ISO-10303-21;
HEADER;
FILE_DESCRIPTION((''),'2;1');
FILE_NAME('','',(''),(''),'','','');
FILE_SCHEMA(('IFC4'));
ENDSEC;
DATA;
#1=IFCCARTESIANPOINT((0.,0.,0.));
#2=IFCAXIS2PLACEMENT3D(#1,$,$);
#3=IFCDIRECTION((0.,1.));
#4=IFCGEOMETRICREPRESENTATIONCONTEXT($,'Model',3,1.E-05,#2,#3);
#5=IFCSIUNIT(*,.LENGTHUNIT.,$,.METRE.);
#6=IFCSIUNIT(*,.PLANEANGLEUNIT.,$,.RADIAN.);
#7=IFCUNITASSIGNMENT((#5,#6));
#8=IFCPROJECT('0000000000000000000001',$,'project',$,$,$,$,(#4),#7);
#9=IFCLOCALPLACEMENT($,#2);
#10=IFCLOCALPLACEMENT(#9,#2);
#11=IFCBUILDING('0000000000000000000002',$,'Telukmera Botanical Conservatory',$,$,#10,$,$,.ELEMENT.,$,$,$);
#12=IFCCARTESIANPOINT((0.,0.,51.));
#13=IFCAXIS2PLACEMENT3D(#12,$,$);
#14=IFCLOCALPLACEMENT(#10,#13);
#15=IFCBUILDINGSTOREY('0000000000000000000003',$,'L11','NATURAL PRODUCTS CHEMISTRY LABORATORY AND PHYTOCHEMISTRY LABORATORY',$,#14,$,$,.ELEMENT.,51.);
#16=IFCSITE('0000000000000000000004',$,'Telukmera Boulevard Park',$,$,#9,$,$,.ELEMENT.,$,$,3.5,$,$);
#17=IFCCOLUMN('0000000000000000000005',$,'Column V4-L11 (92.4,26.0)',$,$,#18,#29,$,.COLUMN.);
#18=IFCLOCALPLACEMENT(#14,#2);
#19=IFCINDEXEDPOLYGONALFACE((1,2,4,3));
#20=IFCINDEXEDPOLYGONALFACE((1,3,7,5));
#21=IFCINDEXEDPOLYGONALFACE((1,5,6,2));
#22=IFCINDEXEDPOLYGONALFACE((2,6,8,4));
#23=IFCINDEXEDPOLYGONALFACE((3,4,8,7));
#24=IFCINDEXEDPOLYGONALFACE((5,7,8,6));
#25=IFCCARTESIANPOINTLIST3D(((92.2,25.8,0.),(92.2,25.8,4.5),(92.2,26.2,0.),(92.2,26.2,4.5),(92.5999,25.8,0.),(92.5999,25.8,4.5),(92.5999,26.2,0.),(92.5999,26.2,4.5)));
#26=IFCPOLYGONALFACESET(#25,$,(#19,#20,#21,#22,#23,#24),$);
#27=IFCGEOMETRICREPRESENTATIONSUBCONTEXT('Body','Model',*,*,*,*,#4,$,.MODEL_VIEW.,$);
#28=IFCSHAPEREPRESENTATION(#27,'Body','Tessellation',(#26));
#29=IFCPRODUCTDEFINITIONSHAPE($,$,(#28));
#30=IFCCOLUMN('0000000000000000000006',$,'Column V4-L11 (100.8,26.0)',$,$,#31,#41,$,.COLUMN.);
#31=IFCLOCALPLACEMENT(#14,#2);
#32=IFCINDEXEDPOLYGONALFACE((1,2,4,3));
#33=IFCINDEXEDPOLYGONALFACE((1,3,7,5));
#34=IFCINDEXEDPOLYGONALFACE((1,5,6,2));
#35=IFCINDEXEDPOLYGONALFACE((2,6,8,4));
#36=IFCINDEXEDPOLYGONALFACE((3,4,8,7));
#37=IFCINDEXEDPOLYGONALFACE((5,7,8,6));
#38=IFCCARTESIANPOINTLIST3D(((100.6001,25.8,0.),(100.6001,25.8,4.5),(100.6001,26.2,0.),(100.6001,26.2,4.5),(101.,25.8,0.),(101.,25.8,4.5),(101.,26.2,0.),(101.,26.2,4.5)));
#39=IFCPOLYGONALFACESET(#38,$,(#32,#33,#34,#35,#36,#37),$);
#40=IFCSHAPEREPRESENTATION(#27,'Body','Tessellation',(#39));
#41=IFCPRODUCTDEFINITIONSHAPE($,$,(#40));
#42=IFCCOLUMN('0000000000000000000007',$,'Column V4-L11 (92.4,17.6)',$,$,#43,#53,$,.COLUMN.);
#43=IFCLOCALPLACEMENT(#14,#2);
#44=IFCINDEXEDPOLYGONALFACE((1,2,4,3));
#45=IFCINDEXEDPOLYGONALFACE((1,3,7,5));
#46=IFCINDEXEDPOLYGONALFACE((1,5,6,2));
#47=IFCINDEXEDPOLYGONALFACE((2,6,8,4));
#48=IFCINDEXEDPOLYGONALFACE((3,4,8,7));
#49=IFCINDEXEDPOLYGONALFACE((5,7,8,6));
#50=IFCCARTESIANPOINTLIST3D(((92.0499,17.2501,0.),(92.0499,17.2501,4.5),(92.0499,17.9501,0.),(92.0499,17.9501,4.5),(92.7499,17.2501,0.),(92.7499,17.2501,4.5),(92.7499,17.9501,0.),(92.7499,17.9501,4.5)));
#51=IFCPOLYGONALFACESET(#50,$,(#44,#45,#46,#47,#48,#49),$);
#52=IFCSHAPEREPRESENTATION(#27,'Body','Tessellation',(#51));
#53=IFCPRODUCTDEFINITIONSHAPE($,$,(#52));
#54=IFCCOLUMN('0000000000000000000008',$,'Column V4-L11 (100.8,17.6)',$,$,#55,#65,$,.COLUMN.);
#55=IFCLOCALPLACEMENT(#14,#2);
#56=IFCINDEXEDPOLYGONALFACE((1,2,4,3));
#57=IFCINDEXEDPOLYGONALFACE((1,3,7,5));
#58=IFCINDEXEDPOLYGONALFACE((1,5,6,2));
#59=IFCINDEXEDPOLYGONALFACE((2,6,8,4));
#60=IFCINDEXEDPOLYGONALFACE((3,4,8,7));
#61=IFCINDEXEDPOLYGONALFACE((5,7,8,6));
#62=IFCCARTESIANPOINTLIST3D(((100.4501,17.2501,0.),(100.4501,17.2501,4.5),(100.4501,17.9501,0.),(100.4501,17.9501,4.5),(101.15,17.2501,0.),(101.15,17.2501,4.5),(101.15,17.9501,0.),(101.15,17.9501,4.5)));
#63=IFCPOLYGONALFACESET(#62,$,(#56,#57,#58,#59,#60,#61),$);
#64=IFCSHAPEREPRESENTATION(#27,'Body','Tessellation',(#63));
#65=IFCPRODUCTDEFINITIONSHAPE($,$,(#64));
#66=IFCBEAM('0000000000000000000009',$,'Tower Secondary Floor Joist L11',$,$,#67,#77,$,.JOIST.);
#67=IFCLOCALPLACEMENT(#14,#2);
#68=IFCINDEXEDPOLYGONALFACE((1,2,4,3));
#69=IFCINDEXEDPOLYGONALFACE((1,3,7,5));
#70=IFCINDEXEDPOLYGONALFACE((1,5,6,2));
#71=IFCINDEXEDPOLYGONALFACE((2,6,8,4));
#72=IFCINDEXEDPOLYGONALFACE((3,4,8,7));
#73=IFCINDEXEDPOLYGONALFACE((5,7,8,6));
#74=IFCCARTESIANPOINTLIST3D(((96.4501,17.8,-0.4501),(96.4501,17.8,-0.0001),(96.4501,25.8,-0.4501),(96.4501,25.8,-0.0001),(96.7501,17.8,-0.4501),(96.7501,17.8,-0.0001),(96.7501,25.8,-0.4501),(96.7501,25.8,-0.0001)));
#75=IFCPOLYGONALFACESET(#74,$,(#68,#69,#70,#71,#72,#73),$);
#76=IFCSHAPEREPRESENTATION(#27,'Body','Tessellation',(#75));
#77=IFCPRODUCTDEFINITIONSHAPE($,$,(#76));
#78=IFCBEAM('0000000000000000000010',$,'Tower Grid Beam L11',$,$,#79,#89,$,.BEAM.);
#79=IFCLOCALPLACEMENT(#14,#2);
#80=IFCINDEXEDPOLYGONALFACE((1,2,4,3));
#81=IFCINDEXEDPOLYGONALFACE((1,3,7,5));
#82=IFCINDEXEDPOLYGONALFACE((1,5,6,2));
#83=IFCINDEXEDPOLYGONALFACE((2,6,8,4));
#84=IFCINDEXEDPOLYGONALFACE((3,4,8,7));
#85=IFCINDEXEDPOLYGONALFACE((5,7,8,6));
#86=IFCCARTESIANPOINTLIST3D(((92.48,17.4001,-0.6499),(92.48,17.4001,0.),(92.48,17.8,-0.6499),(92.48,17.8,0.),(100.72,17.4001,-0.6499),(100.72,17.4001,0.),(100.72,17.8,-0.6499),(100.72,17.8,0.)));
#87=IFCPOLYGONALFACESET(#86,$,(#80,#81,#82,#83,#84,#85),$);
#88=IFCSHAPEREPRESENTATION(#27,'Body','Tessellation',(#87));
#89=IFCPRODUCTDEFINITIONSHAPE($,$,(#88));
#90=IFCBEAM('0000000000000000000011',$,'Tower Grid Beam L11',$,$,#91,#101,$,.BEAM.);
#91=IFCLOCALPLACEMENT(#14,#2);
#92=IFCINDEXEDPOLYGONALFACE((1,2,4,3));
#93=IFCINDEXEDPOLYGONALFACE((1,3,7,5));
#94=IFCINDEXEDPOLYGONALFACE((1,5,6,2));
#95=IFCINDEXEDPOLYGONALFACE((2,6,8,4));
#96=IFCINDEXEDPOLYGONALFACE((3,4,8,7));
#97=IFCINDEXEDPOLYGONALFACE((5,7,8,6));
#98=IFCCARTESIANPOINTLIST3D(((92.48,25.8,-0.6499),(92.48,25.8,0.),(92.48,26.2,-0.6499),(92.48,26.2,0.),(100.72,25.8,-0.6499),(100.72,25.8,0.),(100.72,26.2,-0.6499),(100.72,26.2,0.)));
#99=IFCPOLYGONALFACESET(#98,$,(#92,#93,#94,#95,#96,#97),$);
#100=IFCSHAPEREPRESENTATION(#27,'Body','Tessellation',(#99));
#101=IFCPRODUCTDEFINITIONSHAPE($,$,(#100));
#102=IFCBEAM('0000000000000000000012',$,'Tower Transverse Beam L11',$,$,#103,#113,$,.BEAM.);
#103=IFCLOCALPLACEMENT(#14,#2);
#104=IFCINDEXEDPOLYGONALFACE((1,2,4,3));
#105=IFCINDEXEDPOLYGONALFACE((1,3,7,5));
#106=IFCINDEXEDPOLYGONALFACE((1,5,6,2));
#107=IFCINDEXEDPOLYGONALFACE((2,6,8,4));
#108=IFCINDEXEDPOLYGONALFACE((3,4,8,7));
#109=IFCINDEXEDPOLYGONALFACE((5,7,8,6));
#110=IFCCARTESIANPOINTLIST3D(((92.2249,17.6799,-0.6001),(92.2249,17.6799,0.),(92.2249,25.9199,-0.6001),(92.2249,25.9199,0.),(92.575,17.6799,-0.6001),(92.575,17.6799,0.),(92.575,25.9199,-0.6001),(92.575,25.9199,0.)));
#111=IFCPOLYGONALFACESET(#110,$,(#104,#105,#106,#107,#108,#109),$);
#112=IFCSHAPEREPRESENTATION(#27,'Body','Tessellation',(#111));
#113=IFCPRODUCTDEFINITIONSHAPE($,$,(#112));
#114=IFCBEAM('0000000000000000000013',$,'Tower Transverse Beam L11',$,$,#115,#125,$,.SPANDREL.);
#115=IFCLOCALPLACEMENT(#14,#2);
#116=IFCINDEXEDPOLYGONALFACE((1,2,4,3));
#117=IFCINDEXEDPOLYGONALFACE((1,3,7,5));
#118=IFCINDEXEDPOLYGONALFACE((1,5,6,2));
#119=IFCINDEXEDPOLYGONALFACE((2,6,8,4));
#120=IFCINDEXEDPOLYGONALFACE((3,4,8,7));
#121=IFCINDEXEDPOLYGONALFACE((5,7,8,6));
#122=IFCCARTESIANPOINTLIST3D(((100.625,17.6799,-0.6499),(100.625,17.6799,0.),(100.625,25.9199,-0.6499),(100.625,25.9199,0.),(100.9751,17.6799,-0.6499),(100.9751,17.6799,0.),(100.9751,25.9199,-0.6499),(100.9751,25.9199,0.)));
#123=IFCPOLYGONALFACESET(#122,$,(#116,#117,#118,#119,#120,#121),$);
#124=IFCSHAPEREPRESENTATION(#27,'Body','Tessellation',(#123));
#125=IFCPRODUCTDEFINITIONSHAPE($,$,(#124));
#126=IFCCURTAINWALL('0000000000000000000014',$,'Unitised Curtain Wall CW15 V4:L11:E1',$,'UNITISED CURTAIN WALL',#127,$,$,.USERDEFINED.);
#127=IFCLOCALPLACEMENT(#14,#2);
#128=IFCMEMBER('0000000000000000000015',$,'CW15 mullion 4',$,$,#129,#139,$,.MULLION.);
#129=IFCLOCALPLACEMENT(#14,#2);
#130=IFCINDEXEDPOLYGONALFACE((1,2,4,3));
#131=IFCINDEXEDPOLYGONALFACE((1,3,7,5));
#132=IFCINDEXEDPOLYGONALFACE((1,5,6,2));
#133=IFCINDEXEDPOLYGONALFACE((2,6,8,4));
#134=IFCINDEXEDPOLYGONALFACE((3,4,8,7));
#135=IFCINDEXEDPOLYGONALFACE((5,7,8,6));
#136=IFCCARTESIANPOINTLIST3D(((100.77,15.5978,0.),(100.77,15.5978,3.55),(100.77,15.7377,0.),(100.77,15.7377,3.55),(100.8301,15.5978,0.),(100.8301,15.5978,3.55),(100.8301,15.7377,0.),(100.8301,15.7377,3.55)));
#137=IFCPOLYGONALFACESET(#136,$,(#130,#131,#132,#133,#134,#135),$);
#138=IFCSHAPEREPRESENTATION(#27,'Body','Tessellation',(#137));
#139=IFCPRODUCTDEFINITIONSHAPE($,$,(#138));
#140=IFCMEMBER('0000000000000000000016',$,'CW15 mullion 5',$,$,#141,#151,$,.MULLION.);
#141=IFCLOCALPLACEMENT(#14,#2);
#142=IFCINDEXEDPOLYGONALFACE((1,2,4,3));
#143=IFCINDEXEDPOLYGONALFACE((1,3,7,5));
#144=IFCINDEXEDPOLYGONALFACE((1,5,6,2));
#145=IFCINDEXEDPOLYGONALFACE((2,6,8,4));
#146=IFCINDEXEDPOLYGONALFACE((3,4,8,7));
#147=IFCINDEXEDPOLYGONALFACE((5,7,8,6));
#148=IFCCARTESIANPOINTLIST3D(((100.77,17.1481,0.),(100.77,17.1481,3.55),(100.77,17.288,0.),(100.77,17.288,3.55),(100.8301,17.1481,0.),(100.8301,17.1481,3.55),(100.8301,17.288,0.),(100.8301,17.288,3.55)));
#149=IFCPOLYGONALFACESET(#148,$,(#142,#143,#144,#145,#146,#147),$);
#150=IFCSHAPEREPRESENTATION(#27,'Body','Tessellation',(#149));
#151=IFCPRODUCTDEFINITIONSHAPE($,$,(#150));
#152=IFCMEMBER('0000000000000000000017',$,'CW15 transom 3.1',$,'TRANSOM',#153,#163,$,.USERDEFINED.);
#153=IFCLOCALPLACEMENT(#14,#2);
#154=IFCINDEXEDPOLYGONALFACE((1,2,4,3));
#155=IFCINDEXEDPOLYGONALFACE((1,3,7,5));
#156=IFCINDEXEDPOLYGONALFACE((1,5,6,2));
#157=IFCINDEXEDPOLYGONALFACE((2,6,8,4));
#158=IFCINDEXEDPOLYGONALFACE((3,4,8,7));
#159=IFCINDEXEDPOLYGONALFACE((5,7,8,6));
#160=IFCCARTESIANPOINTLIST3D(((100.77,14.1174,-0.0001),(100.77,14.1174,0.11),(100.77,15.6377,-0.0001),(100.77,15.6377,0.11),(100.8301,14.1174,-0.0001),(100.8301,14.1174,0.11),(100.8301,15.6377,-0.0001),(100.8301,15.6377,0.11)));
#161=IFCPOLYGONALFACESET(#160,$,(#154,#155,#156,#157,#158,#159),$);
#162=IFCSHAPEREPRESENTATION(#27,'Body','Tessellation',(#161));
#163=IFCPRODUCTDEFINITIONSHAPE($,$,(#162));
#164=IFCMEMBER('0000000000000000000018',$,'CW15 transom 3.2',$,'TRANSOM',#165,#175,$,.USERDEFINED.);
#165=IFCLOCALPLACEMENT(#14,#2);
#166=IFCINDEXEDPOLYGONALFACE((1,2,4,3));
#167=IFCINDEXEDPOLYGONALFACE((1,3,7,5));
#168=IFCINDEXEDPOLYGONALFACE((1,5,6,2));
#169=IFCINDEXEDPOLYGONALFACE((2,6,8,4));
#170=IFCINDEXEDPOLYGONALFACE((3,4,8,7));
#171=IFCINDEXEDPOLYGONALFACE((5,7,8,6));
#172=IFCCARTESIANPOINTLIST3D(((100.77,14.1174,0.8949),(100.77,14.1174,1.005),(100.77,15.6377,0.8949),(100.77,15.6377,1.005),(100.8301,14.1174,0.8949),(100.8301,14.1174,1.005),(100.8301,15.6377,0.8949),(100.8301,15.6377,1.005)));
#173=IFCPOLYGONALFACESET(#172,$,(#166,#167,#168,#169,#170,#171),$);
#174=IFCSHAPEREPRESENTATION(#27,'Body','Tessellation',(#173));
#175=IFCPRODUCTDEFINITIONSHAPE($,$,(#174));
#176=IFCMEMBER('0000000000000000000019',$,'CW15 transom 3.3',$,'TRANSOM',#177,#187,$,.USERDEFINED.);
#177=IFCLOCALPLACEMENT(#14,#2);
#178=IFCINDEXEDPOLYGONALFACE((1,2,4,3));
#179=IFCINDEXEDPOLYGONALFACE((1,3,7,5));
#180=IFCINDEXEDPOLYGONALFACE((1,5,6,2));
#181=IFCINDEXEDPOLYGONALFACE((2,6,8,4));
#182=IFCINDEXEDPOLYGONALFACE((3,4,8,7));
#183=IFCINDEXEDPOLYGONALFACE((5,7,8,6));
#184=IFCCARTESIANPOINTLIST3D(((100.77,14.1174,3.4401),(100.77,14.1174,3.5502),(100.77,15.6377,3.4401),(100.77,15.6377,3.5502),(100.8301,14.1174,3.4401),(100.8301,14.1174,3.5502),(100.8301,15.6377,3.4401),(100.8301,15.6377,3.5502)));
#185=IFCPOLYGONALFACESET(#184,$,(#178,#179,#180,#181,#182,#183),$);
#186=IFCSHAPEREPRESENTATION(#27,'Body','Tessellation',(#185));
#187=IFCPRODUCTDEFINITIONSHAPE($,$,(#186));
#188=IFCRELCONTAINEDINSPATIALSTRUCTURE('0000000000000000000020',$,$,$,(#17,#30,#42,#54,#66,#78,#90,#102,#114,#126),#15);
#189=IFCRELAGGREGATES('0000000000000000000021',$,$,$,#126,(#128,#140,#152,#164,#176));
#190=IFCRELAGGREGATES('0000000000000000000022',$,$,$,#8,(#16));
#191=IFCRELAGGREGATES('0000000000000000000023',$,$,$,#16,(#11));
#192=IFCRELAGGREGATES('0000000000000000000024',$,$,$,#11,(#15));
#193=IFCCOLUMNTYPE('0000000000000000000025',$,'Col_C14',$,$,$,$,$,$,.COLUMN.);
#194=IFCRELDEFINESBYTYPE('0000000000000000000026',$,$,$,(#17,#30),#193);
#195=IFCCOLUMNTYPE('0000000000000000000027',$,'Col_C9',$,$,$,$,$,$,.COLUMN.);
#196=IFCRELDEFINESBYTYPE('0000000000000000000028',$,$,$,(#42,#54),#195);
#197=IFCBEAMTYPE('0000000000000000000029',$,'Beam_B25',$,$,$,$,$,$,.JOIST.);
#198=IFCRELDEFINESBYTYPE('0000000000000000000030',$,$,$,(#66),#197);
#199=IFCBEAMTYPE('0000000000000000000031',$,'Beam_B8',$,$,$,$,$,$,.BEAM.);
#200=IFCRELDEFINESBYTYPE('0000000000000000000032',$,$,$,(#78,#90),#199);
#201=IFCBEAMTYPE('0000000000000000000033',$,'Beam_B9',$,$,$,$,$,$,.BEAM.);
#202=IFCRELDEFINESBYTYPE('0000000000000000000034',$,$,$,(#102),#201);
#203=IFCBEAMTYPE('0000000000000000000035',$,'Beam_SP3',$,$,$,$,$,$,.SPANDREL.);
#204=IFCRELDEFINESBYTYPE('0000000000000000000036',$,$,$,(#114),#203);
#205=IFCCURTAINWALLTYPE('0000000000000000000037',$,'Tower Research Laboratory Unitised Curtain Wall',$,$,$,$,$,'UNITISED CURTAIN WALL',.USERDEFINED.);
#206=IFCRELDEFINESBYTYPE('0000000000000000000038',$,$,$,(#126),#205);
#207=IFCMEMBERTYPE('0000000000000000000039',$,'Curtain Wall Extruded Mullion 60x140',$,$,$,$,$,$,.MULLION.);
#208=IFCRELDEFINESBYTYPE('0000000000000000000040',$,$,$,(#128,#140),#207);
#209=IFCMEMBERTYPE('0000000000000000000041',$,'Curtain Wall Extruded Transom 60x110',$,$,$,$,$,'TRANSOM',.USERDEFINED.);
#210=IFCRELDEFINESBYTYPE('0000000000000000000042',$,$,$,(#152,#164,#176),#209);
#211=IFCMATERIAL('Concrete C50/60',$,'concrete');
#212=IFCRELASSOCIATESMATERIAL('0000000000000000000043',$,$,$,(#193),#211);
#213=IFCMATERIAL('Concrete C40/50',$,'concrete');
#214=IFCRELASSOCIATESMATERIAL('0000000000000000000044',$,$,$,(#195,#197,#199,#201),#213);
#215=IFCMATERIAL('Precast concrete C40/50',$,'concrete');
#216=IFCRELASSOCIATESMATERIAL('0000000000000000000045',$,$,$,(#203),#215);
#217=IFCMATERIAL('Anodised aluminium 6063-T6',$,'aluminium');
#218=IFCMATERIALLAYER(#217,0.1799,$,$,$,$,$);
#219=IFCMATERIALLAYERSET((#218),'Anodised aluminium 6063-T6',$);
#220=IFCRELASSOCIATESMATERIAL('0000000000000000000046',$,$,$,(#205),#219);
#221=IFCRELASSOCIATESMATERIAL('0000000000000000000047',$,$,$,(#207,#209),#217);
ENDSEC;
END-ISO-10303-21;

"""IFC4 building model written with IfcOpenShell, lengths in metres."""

from ifc_helpers import new_model, si_unit, direction, frame, origin, origin_2d, place, context, subcontext, project, spatial, rectangle, extrude, material, layer, layer_set, material_profile, profile_set, type_object, element, aggregate, save


model = new_model("IFC4")

# Units and contexts
model_context = context("Model", 3, precision=1e-05, world=origin(), true_north=direction((0.0, 1.0)))
body_context = subcontext(model_context, "Body", "Model", "MODEL_VIEW")
ifc_project = project(units=[si_unit("LENGTHUNIT", "METRE"), si_unit("PLANEANGLEUNIT", "RADIAN")], contexts=[model_context])

# Site, building, storey
site_placement = place(None, origin())
site = spatial("IfcSite", under=ifc_project, at=site_placement, Name="Telukmera Boulevard Park", CompositionType="ELEMENT", RefElevation=3.5)
building_placement = place(site_placement, origin())
building = spatial("IfcBuilding", under=site, at=building_placement, Name="Telukmera Botanical Conservatory", CompositionType="ELEMENT")
storey_placement = place(building_placement, frame((0.0, 0.0, 51.0)))
storey = spatial("IfcBuildingStorey", under=building, at=storey_placement, Name="L11", Description="NATURAL PRODUCTS CHEMISTRY LABORATORY AND PHYTOCHEMISTRY LABORATORY", CompositionType="ELEMENT", Elevation=51.0)

# Columns
ifc_material_1 = material(Name="Concrete C50/60", Category="concrete")
ifc_material_profile_1 = material_profile(ifc_material_1, rectangle(XDim=0.3999, YDim=0.3999, at=origin_2d()), Name="RC 400x400")
ifc_profile_set_1 = profile_set([ifc_material_profile_1], Name="Concrete C50/60")
column_type_1 = type_object("IfcColumnType", Name="Col_C14", PredefinedType="COLUMN", material=ifc_profile_set_1)
for number, where, z_axis, x_axis, name in (
    (1, (92.3999, 26.0, 0.0), (0.0, 0.0, 1.0), (1.0, 0.0, 0.0), "Column V4-L11 (92.4,26.0)"),
    (2, (100.8, 26.0, 0.0), (0.0, 0.0, 1.0), (1.0, 0.0, 0.0), "Column V4-L11 (100.8,26.0)"),
):
    element("IfcColumn", number, at=place(storey_placement, frame(where, z_axis=z_axis, x_axis=x_axis)), inside=storey, type_object=column_type_1, Name=name, PredefinedType="COLUMN", context=body_context, shape_type="SweptSolid", body=[
        extrude(rectangle(XDim=0.3999, YDim=0.3999, at=origin_2d()), origin(), (0.0, 0.0, 1.0), 4.5),
    ])
ifc_material_2 = material(Name="Concrete C40/50", Category="concrete")
ifc_material_profile_2 = material_profile(ifc_material_2, rectangle(XDim=0.7, YDim=0.7, at=origin_2d()), Name="RC 700x700")
ifc_profile_set_2 = profile_set([ifc_material_profile_2], Name="Concrete C40/50")
column_type_2 = type_object("IfcColumnType", Name="Col_C9", PredefinedType="COLUMN", material=ifc_profile_set_2)
for number, where, z_axis, x_axis, name in (
    (3, (92.3999, 17.6001, 0.0), (0.0, 0.0, 1.0), (1.0, 0.0, 0.0), "Column V4-L11 (92.4,17.6)"),
    (4, (100.8, 17.6001, 0.0), (0.0, 0.0, 1.0), (1.0, 0.0, 0.0), "Column V4-L11 (100.8,17.6)"),
):
    element("IfcColumn", number, at=place(storey_placement, frame(where, z_axis=z_axis, x_axis=x_axis)), inside=storey, type_object=column_type_2, Name=name, PredefinedType="COLUMN", context=body_context, shape_type="SweptSolid", body=[
        extrude(rectangle(XDim=0.7, YDim=0.7, at=origin_2d()), origin(), (0.0, 0.0, 1.0), 4.5),
    ])

# Beams
ifc_material_profile_3 = material_profile(ifc_material_2, rectangle(XDim=0.3, YDim=0.45, at=origin_2d()), Name="RC 300x450")
ifc_profile_set_3 = profile_set([ifc_material_profile_3], Name="Concrete C40/50")
beam_type_1 = type_object("IfcBeamType", Name="Beam_B25", PredefinedType="JOIST", material=ifc_profile_set_3)
beam_1_placement = place(storey_placement, frame((96.6001, 17.8, -0.2251), z_axis=(0.0, 1.0, 0.0), x_axis=(-1.0, 0.0, 0.0)))
element("IfcBeam", 5, at=beam_1_placement, inside=storey, type_object=beam_type_1, Name="Tower Secondary Floor Joist L11", PredefinedType="JOIST", context=body_context, shape_type="SweptSolid", body=[
    extrude(rectangle(XDim=0.3, YDim=0.45, at=origin_2d()), origin(), (0.0, 0.0, 1.0), 8.0),
])
ifc_material_profile_4 = material_profile(ifc_material_2, rectangle(XDim=0.3999, YDim=0.6499, at=origin_2d()), Name="RC 400x650")
ifc_profile_set_4 = profile_set([ifc_material_profile_4], Name="Concrete C40/50")
beam_type_2 = type_object("IfcBeamType", Name="Beam_B8", PredefinedType="BEAM", material=ifc_profile_set_4)
for number, where, z_axis, x_axis, name in (
    (6, (92.48, 17.6001, -0.325), (1.0, 0.0, 0.0), (0.0, 1.0, 0.0), "Tower Grid Beam L11"),
    (7, (92.48, 26.0, -0.325), (1.0, 0.0, 0.0), (0.0, 1.0, 0.0), "Tower Grid Beam L11"),
):
    element("IfcBeam", number, at=place(storey_placement, frame(where, z_axis=z_axis, x_axis=x_axis)), inside=storey, type_object=beam_type_2, Name=name, PredefinedType="BEAM", context=body_context, shape_type="SweptSolid", body=[
        extrude(rectangle(XDim=0.3999, YDim=0.6499, at=origin_2d()), origin(), (0.0, 0.0, 1.0), 8.24),
    ])
ifc_material_profile_5 = material_profile(ifc_material_2, rectangle(XDim=0.3501, YDim=0.6001, at=origin_2d()), Name="RC 350x600")
ifc_profile_set_5 = profile_set([ifc_material_profile_5], Name="Concrete C40/50")
beam_type_3 = type_object("IfcBeamType", Name="Beam_B9", PredefinedType="BEAM", material=ifc_profile_set_5)
beam_2_placement = place(storey_placement, frame((92.3999, 17.6799, -0.3), z_axis=(0.0, 1.0, 0.0), x_axis=(-1.0, 0.0, 0.0)))
element("IfcBeam", 8, at=beam_2_placement, inside=storey, type_object=beam_type_3, Name="Tower Transverse Beam L11", PredefinedType="BEAM", context=body_context, shape_type="SweptSolid", body=[
    extrude(rectangle(XDim=0.3501, YDim=0.6001, at=origin_2d()), origin(), (0.0, 0.0, 1.0), 8.24),
])
ifc_material_3 = material(Name="Precast concrete C40/50", Category="concrete")
ifc_material_profile_6 = material_profile(ifc_material_3, rectangle(XDim=0.3501, YDim=0.6499, at=origin_2d()), Name="PC 350x650")
ifc_profile_set_6 = profile_set([ifc_material_profile_6], Name="Precast concrete C40/50")
beam_type_4 = type_object("IfcBeamType", Name="Beam_SP3", PredefinedType="SPANDREL", material=ifc_profile_set_6)
beam_3_placement = place(storey_placement, frame((100.8, 17.6799, -0.325), z_axis=(0.0, 1.0, 0.0), x_axis=(-1.0, 0.0, 0.0)))
element("IfcBeam", 9, at=beam_3_placement, inside=storey, type_object=beam_type_4, Name="Tower Transverse Beam L11", PredefinedType="SPANDREL", context=body_context, shape_type="SweptSolid", body=[
    extrude(rectangle(XDim=0.3501, YDim=0.6499, at=origin_2d()), origin(), (0.0, 0.0, 1.0), 8.24),
])

# Curtain wall, members
ifc_material_4 = material(Name="Anodised aluminium 6063-T6", Category="aluminium")
ifc_layer_1 = layer(ifc_material_4, 0.1799)
ifc_layer_set_1 = layer_set([ifc_layer_1], Name="Anodised aluminium 6063-T6")
curtain_wall_type = type_object("IfcCurtainWallType", Name="Tower Research Laboratory Unitised Curtain Wall", ElementType="UNITISED CURTAIN WALL", PredefinedType="USERDEFINED", material=ifc_layer_set_1)
curtain_wall_placement = place(storey_placement, origin())
curtain_wall = element("IfcCurtainWall", 10, at=curtain_wall_placement, inside=storey, type_object=curtain_wall_type, Name="Unitised Curtain Wall CW15 V4:L11:E1", ObjectType="UNITISED CURTAIN WALL", PredefinedType="USERDEFINED")
ifc_material_profile_7 = material_profile(ifc_material_4, rectangle(XDim=0.0601, YDim=0.1399, at=origin_2d()), Name="ALU MULL 60x140")
ifc_profile_set_7 = profile_set([ifc_material_profile_7], Name="Anodised aluminium 6063-T6")
member_type_1 = type_object("IfcMemberType", Name="Curtain Wall Extruded Mullion 60x140", PredefinedType="MULLION", material=ifc_profile_set_7)
member_1_placement = place(storey_placement, frame((100.8, 15.6677, 0.0), z_axis=(0.0, 0.0, 1.0), x_axis=(-1.0, 0.0, 0.0)))
member_1 = element("IfcMember", 11, at=member_1_placement, type_object=member_type_1, Name="CW15 mullion 4", PredefinedType="MULLION", context=body_context, shape_type="SweptSolid", body=[
    extrude(rectangle(XDim=0.0601, YDim=0.1399, at=origin_2d()), origin(), (0.0, 0.0, 1.0), 3.55),
])
member_2_placement = place(storey_placement, frame((100.8, 17.218, 0.0), z_axis=(0.0, 0.0, 1.0), x_axis=(-1.0, 0.0, 0.0)))
member_2 = element("IfcMember", 12, at=member_2_placement, type_object=member_type_1, Name="CW15 mullion 5", PredefinedType="MULLION", context=body_context, shape_type="SweptSolid", body=[
    extrude(rectangle(XDim=0.0601, YDim=0.1399, at=origin_2d()), origin(), (0.0, 0.0, 1.0), 3.55),
])
ifc_material_profile_8 = material_profile(ifc_material_4, rectangle(XDim=0.0601, YDim=0.1101, at=origin_2d()), Name="ALU TRAN 60x110")
ifc_profile_set_8 = profile_set([ifc_material_profile_8], Name="Anodised aluminium 6063-T6")
member_type_2 = type_object("IfcMemberType", Name="Curtain Wall Extruded Transom 60x110", ElementType="TRANSOM", PredefinedType="USERDEFINED", material=ifc_profile_set_8)
member_3_placement = place(storey_placement, frame((100.8, 14.1174, 0.0549), z_axis=(0.0, 1.0, 0.0), x_axis=(-1.0, 0.0, 0.0)))
member_3 = element("IfcMember", 13, at=member_3_placement, type_object=member_type_2, Name="CW15 transom 3.1", ObjectType="TRANSOM", PredefinedType="USERDEFINED", context=body_context, shape_type="SweptSolid", body=[
    extrude(rectangle(XDim=0.0601, YDim=0.1101, at=origin_2d()), origin(), (0.0, 0.0, 1.0), 1.5203),
])
member_4_placement = place(storey_placement, frame((100.8, 14.1174, 0.95), z_axis=(0.0, 1.0, 0.0), x_axis=(-1.0, 0.0, 0.0)))
member_4 = element("IfcMember", 14, at=member_4_placement, type_object=member_type_2, Name="CW15 transom 3.2", ObjectType="TRANSOM", PredefinedType="USERDEFINED", context=body_context, shape_type="SweptSolid", body=[
    extrude(rectangle(XDim=0.0601, YDim=0.1101, at=origin_2d()), origin(), (0.0, 0.0, 1.0), 1.5203),
])
member_5_placement = place(storey_placement, frame((100.8, 14.1174, 3.4951), z_axis=(0.0, 1.0, 0.0), x_axis=(-1.0, 0.0, 0.0)))
member_5 = element("IfcMember", 15, at=member_5_placement, type_object=member_type_2, Name="CW15 transom 3.3", ObjectType="TRANSOM", PredefinedType="USERDEFINED", context=body_context, shape_type="SweptSolid", body=[
    extrude(rectangle(XDim=0.0601, YDim=0.1101, at=origin_2d()), origin(), (0.0, 0.0, 1.0), 1.5203),
])
aggregate(curtain_wall, [member_1, member_2, member_3, member_4, member_5])

save(model, "model.ifc")
